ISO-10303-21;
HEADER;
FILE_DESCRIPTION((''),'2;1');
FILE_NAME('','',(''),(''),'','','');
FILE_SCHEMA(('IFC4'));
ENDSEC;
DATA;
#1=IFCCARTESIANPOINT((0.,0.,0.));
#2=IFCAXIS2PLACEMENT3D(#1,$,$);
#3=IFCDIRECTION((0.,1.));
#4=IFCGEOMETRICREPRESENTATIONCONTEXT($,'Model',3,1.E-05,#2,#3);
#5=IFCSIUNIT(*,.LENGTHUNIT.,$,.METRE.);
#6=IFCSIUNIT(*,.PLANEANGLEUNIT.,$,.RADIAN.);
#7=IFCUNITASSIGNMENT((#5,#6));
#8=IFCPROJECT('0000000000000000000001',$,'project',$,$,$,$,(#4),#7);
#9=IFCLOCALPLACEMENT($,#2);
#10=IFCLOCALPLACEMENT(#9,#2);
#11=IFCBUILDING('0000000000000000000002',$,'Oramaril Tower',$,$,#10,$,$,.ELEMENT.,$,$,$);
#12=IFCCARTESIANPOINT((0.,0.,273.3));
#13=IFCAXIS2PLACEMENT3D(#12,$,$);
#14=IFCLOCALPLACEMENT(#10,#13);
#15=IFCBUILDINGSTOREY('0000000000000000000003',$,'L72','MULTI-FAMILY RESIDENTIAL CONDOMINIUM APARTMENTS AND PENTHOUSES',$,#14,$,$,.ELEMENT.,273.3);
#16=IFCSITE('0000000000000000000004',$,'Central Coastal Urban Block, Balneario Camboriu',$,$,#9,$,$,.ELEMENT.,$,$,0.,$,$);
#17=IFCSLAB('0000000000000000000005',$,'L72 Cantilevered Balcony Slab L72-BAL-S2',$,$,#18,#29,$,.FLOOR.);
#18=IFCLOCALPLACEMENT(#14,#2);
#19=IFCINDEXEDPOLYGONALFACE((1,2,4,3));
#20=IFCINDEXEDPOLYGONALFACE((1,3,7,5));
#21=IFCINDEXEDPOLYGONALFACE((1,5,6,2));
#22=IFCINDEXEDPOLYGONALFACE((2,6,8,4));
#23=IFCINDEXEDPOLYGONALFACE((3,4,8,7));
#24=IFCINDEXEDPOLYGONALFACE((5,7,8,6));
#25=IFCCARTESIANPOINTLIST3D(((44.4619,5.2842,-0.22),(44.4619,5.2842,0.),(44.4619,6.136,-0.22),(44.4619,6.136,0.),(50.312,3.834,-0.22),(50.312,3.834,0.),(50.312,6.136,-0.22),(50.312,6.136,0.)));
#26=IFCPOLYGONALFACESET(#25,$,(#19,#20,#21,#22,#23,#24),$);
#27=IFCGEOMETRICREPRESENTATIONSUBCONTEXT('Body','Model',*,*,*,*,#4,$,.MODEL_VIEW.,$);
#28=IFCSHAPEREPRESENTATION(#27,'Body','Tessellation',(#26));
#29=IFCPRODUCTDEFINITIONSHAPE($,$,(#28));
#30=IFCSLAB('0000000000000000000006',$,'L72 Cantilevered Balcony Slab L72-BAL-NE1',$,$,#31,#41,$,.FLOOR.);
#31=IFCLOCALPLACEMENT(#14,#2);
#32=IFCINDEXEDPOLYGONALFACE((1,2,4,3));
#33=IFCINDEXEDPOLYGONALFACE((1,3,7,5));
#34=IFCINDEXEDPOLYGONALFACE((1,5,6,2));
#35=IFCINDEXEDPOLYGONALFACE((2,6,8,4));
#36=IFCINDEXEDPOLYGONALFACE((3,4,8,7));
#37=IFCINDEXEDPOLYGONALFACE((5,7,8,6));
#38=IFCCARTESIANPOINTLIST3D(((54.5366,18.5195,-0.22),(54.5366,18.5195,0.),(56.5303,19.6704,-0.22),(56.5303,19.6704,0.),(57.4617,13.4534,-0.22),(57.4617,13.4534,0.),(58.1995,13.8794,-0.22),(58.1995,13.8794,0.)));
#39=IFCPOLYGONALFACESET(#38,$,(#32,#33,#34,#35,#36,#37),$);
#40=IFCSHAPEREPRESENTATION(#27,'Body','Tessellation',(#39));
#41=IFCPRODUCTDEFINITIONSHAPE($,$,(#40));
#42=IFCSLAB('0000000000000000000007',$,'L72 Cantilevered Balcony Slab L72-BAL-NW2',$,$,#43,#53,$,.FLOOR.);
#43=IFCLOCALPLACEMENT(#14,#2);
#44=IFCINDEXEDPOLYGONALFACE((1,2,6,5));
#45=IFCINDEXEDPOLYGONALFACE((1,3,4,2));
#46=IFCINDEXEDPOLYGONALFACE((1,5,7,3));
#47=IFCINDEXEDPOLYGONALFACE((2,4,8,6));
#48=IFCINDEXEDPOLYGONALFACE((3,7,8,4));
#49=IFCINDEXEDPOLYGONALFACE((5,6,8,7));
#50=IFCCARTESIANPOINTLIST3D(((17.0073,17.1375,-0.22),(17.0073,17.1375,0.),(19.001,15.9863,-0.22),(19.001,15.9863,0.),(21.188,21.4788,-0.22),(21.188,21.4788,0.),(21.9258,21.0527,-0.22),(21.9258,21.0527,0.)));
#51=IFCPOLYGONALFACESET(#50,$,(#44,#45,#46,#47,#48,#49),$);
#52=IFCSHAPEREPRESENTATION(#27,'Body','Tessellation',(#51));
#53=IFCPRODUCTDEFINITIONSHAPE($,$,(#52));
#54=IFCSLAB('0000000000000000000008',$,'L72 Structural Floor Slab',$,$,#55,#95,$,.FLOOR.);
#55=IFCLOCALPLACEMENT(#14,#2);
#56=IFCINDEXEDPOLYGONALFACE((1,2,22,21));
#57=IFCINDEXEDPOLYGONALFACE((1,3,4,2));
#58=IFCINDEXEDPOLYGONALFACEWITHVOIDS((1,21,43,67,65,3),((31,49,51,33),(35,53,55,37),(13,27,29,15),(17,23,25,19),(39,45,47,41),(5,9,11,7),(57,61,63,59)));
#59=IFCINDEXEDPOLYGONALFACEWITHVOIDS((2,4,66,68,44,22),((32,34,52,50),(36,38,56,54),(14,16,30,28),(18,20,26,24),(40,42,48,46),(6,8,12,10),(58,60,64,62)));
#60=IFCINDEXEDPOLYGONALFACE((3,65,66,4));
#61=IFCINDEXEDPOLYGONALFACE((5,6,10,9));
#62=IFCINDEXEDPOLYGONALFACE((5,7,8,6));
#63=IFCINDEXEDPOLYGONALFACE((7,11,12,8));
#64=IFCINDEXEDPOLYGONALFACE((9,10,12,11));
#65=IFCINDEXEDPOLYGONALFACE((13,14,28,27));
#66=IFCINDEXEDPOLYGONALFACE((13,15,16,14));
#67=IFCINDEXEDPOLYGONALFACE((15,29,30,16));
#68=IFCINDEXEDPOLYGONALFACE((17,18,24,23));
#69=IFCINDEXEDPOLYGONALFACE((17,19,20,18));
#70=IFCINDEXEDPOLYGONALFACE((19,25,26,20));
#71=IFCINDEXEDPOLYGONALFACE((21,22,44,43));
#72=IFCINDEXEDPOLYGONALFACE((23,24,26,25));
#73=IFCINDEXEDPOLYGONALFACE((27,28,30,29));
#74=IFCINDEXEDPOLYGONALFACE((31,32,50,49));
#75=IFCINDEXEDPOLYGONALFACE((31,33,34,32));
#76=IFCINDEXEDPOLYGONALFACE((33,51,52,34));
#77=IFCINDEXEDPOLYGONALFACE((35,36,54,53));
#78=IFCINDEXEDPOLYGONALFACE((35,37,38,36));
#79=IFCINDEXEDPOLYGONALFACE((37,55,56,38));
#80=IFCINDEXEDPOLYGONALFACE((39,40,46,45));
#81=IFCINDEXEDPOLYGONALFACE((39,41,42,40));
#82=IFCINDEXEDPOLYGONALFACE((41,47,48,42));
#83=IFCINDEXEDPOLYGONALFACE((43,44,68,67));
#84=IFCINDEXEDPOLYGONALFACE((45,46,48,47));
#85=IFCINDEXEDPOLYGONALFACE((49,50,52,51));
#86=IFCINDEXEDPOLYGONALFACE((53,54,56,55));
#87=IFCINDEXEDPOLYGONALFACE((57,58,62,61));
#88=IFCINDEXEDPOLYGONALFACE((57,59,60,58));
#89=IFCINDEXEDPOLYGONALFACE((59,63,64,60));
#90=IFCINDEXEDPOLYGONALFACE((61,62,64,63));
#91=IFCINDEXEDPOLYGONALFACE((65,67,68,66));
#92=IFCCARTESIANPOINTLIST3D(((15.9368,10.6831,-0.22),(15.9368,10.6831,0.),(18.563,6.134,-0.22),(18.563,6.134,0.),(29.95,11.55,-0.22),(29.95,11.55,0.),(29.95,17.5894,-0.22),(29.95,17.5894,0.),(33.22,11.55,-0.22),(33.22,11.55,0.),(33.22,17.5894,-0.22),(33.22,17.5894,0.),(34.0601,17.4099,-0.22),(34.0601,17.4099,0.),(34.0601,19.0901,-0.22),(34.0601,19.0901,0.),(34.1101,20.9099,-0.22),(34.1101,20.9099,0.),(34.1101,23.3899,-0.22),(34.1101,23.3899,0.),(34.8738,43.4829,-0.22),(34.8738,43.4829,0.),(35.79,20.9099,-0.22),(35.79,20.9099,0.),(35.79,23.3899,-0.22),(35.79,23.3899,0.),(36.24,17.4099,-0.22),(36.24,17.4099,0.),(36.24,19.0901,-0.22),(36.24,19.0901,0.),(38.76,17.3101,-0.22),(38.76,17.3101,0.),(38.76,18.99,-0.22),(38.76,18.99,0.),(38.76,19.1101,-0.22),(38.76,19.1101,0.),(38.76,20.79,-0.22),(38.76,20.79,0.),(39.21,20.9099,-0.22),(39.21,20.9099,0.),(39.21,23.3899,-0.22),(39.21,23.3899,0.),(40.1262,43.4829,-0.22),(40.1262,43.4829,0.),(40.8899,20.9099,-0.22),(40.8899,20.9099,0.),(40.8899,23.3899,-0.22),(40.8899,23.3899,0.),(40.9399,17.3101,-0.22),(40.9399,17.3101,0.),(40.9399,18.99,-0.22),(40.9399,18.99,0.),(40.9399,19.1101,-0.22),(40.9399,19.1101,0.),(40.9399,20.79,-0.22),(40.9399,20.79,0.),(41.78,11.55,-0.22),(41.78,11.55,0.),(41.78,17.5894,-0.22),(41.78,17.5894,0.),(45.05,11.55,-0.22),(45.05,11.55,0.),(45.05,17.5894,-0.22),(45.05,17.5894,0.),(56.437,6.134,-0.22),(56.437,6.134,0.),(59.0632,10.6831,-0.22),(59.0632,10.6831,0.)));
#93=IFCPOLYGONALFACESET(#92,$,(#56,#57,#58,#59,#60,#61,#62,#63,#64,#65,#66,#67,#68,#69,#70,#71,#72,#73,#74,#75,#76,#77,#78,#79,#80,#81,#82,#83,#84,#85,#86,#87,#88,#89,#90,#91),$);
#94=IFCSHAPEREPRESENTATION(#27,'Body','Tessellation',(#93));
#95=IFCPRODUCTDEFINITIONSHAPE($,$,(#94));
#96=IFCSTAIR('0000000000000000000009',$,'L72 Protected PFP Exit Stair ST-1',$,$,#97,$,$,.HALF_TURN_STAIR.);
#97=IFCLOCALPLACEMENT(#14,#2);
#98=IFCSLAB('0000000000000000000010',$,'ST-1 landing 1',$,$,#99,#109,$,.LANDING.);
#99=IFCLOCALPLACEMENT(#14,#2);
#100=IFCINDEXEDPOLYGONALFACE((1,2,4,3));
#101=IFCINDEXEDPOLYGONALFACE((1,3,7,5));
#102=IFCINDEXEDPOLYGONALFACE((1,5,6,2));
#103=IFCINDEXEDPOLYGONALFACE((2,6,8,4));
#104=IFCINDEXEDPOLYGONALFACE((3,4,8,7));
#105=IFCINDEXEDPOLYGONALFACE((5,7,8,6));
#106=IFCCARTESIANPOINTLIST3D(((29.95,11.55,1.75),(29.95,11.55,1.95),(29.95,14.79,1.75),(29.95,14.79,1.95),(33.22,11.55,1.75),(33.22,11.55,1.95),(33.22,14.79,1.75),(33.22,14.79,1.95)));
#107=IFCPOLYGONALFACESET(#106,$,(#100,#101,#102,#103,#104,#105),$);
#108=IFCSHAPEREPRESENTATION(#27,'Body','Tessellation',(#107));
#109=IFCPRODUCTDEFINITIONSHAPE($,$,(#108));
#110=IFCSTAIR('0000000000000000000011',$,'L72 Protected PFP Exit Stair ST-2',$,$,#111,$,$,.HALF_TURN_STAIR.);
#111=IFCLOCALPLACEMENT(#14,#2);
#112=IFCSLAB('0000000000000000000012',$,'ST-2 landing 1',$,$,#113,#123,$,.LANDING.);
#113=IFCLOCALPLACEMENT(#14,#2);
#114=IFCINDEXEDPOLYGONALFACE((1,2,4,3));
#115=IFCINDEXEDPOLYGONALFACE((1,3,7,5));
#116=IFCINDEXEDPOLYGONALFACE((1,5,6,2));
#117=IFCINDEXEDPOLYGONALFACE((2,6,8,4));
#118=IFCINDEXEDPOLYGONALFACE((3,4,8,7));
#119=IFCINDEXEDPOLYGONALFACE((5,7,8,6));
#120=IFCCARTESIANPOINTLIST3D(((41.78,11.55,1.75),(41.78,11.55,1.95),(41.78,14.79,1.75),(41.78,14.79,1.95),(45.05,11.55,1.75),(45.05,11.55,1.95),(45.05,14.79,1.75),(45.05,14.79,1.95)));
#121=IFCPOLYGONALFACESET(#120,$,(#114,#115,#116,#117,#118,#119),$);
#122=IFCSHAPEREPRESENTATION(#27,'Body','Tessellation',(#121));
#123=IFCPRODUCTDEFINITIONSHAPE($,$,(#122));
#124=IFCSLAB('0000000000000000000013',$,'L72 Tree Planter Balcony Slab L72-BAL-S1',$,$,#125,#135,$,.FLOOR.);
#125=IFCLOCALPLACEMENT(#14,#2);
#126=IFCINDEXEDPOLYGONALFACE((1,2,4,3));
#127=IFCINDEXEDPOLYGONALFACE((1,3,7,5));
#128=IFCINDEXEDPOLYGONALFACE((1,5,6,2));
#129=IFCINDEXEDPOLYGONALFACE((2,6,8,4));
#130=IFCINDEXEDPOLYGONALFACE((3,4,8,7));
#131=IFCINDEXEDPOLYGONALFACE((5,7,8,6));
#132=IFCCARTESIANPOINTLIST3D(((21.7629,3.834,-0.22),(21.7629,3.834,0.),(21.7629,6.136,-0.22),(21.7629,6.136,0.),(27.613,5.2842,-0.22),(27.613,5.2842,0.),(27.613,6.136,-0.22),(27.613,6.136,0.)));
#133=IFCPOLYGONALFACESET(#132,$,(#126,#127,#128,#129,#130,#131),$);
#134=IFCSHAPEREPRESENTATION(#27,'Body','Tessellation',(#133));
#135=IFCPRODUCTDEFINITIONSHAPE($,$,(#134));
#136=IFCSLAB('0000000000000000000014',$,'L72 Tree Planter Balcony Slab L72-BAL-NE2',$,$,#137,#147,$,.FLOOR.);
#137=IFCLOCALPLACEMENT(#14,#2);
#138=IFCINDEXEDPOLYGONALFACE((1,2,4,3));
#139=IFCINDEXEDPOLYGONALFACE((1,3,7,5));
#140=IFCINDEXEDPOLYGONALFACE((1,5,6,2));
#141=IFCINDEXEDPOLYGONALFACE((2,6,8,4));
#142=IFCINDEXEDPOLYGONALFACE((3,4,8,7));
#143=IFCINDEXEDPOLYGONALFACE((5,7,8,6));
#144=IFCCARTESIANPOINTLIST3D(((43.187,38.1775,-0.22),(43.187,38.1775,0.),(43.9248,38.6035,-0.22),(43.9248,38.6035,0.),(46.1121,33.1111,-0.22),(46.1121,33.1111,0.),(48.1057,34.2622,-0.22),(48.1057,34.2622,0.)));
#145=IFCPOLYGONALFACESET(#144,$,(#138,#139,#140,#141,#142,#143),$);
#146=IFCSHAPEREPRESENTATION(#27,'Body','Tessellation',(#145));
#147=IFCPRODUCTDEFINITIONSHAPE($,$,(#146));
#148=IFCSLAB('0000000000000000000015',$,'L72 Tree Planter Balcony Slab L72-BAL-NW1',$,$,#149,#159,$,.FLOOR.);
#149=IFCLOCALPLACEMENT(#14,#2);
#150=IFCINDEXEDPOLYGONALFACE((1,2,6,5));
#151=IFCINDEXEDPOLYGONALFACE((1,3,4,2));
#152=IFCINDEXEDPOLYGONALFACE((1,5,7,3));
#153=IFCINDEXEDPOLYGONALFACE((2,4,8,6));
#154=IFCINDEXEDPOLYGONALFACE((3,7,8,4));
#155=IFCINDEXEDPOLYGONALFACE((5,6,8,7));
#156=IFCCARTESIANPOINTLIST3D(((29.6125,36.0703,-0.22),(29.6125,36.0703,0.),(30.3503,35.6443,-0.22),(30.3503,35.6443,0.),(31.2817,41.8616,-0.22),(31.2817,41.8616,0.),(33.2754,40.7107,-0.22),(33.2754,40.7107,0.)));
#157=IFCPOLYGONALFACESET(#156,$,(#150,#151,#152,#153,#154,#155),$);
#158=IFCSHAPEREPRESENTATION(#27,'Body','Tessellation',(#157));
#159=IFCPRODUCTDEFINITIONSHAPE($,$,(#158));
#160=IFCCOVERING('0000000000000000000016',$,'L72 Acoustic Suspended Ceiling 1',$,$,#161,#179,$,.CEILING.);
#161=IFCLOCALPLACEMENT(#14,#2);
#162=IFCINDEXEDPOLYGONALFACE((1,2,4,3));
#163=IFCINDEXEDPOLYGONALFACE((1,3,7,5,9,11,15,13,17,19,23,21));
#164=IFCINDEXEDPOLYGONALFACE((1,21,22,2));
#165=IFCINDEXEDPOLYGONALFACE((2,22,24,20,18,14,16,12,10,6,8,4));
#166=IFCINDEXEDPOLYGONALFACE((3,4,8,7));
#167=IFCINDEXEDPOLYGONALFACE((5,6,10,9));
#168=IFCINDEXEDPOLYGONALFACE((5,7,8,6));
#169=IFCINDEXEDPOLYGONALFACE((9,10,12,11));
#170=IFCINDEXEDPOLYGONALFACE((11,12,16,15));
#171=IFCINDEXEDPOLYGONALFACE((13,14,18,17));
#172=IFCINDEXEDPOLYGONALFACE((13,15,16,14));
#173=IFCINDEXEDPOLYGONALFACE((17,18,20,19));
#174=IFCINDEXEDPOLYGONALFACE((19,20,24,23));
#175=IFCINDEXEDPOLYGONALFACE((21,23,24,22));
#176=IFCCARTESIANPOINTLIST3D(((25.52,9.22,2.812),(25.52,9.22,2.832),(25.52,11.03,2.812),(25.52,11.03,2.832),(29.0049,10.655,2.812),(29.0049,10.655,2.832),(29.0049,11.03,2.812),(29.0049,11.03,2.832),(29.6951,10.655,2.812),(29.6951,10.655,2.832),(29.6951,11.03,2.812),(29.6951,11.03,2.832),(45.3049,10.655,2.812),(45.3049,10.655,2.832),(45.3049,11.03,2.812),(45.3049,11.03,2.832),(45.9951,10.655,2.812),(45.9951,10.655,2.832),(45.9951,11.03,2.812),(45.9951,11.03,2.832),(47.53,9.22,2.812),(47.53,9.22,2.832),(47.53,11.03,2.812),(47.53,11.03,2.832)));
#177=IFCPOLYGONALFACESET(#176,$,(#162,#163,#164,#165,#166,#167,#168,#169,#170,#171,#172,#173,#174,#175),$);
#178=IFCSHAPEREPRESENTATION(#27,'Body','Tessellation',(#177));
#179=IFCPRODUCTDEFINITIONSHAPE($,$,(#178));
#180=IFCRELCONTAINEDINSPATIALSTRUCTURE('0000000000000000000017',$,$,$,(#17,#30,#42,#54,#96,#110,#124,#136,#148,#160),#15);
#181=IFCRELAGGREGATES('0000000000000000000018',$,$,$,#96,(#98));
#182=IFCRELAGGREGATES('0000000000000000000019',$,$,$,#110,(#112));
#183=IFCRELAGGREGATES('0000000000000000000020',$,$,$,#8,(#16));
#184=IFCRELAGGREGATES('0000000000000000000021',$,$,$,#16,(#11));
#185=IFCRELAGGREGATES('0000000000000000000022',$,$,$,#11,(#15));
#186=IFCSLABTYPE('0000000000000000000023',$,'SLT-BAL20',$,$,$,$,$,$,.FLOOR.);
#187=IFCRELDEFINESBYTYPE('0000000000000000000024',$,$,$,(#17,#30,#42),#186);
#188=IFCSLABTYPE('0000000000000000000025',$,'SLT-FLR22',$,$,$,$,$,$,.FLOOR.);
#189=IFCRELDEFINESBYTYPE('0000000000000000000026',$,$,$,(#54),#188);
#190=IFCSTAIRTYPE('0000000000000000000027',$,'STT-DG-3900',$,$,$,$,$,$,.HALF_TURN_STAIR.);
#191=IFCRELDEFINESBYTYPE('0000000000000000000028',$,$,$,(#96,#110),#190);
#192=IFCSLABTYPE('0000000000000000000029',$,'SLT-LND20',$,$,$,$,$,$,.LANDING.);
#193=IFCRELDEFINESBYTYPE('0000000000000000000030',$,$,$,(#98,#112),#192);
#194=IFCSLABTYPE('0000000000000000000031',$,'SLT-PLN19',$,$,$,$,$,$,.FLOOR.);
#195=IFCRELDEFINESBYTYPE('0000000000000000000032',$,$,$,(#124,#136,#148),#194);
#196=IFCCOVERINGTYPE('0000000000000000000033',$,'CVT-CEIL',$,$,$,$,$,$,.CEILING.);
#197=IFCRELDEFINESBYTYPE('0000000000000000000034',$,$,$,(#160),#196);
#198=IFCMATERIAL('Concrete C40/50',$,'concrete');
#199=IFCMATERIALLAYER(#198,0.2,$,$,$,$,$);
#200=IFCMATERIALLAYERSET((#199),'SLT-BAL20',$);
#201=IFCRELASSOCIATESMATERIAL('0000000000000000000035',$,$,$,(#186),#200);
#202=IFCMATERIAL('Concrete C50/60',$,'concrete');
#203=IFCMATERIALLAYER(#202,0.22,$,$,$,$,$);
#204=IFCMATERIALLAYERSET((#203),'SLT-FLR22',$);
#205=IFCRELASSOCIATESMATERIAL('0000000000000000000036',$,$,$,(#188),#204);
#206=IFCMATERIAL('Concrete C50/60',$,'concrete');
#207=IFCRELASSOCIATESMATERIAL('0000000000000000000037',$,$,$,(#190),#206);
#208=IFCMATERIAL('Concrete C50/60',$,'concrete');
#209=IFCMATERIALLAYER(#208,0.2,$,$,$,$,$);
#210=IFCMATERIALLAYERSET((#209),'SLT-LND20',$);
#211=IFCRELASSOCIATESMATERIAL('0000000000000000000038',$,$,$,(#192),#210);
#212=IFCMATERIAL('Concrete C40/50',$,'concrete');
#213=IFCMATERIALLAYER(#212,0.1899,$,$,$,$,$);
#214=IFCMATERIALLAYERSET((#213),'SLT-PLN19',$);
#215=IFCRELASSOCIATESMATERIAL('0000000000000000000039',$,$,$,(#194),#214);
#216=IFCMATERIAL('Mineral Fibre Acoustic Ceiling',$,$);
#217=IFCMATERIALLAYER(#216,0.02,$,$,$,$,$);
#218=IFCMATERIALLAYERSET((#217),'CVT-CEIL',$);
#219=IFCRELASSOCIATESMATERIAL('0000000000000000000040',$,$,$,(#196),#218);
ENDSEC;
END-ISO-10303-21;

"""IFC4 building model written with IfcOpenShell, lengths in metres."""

from ifc_helpers import new_model, si_unit, direction, frame, origin, place, context, subcontext, project, spatial, polyline, outline, extrude, material, layer, layer_set, type_object, element, aggregate, save


model = new_model("IFC4")

# Units and contexts
model_context = context("Model", 3, precision=1e-05, world=origin(), true_north=direction((0.0, 1.0)))
body_context = subcontext(model_context, "Body", "Model", "MODEL_VIEW")
ifc_project = project(units=[si_unit("LENGTHUNIT", "METRE"), si_unit("PLANEANGLEUNIT", "RADIAN")], contexts=[model_context])

# Site, building, storey
site_placement = place(None, origin())
site = spatial("IfcSite", under=ifc_project, at=site_placement, Name="Central Coastal Urban Block, Balneario Camboriu", CompositionType="ELEMENT", RefElevation=0.0)
building_placement = place(site_placement, origin())
building = spatial("IfcBuilding", under=site, at=building_placement, Name="Oramaril Tower", CompositionType="ELEMENT")
storey_placement = place(building_placement, frame((0.0, 0.0, 273.3)))
storey = spatial("IfcBuildingStorey", under=building, at=storey_placement, Name="L72", Description="MULTI-FAMILY RESIDENTIAL CONDOMINIUM APARTMENTS AND PENTHOUSES", CompositionType="ELEMENT", Elevation=273.3)

# Slabs
ifc_material_1 = material(Name="Concrete C40/50", Category="concrete")
ifc_layer_1 = layer(ifc_material_1, 0.2)
ifc_layer_set_1 = layer_set([ifc_layer_1], Name="SLT-BAL20")
slab_type_1 = type_object("IfcSlabType", Name="SLT-BAL20", PredefinedType="FLOOR", material=ifc_layer_set_1)
slab_1_placement = place(storey_placement, frame((0.0, 0.0, -0.22)))
element("IfcSlab", 1, at=slab_1_placement, inside=storey, type_object=slab_type_1, Name="L72 Cantilevered Balcony Slab L72-BAL-S2", PredefinedType="FLOOR", context=body_context, shape_type="SweptSolid", body=[
    extrude(outline(polyline([(44.4619, 6.136), (50.312, 6.136), (50.312, 3.834), (44.4619, 5.2842), (44.4619, 6.136)])), origin(), (0.0, 0.0, 1.0), 0.22),
])
slab_2_placement = place(storey_placement, frame((0.0, 0.0, -0.22)))
element("IfcSlab", 2, at=slab_2_placement, inside=storey, type_object=slab_type_1, Name="L72 Cantilevered Balcony Slab L72-BAL-NE1", PredefinedType="FLOOR", context=body_context, shape_type="SweptSolid", body=[
    extrude(outline(polyline([(57.4617, 13.4534), (54.5366, 18.5195), (56.5303, 19.6704), (58.1995, 13.8794), (57.4617, 13.4534)])), origin(), (0.0, 0.0, 1.0), 0.22),
])
slab_3_placement = place(storey_placement, frame((0.0, 0.0, -0.22)))
element("IfcSlab", 3, at=slab_3_placement, inside=storey, type_object=slab_type_1, Name="L72 Cantilevered Balcony Slab L72-BAL-NW2", PredefinedType="FLOOR", context=body_context, shape_type="SweptSolid", body=[
    extrude(outline(polyline([(21.9258, 21.0527), (19.001, 15.9863), (17.0073, 17.1375), (21.188, 21.4788), (21.9258, 21.0527)])), origin(), (0.0, 0.0, 1.0), 0.22),
])
ifc_material_2 = material(Name="Concrete C50/60", Category="concrete")
ifc_layer_2 = layer(ifc_material_2, 0.22)
ifc_layer_set_2 = layer_set([ifc_layer_2], Name="SLT-FLR22")
slab_type_2 = type_object("IfcSlabType", Name="SLT-FLR22", PredefinedType="FLOOR", material=ifc_layer_set_2)
slab_4_placement = place(storey_placement, frame((0.0, 0.0, -0.22)))
element("IfcSlab", 4, at=slab_4_placement, inside=storey, type_object=slab_type_2, Name="L72 Structural Floor Slab", PredefinedType="FLOOR", context=body_context, shape_type="SweptSolid", body=[
    extrude(outline(polyline([(15.9368, 10.6831), (18.563, 6.134), (56.437, 6.134), (59.0632, 10.6831), (40.1262, 43.4829), (34.8738, 43.4829), (15.9368, 10.6831)]), holes=[polyline([(29.95, 17.5894), (29.95, 11.55), (33.22, 11.55), (33.22, 17.5894), (29.95, 17.5894)]), polyline([(41.78, 17.5894), (41.78, 11.55), (45.05, 11.55), (45.05, 17.5894), (41.78, 17.5894)]), polyline([(34.1101, 20.9099), (35.79, 20.9099), (35.79, 23.3899), (34.1101, 23.3899), (34.1101, 20.9099)]), polyline([(39.21, 20.9099), (40.8899, 20.9099), (40.8899, 23.3899), (39.21, 23.3899), (39.21, 20.9099)]), polyline([(34.0601, 17.4099), (36.24, 17.4099), (36.24, 19.0901), (34.0601, 19.0901), (34.0601, 17.4099)]), polyline([(38.76, 17.3101), (40.9399, 17.3101), (40.9399, 18.99), (38.76, 18.99), (38.76, 17.3101)]), polyline([(38.76, 19.1101), (40.9399, 19.1101), (40.9399, 20.79), (38.76, 20.79), (38.76, 19.1101)])]), origin(), (0.0, 0.0, 1.0), 0.22),
])

# Stairs, slabs
ifc_material_3 = material(Name="Concrete C50/60", Category="concrete")
stair_type = type_object("IfcStairType", Name="STT-DG-3900", PredefinedType="HALF_TURN_STAIR", material=ifc_material_3)
stair_1_placement = place(storey_placement, origin())
stair_1 = element("IfcStair", 5, at=stair_1_placement, inside=storey, type_object=stair_type, Name="L72 Protected PFP Exit Stair ST-1", PredefinedType="HALF_TURN_STAIR")
ifc_material_4 = material(Name="Concrete C50/60", Category="concrete")
ifc_layer_3 = layer(ifc_material_4, 0.2)
ifc_layer_set_3 = layer_set([ifc_layer_3], Name="SLT-LND20")
slab_type_3 = type_object("IfcSlabType", Name="SLT-LND20", PredefinedType="LANDING", material=ifc_layer_set_3)
slab_5_placement = place(storey_placement, frame((0.0, 0.0, 1.75)))
slab_5 = element("IfcSlab", 6, at=slab_5_placement, type_object=slab_type_3, Name="ST-1 landing 1", PredefinedType="LANDING", context=body_context, shape_type="SweptSolid", body=[
    extrude(outline(polyline([(29.95, 14.79), (29.95, 11.55), (33.22, 11.55), (33.22, 14.79), (29.95, 14.79)])), origin(), (0.0, 0.0, 1.0), 0.2),
])
aggregate(stair_1, [slab_5])
stair_2_placement = place(storey_placement, origin())
stair_2 = element("IfcStair", 7, at=stair_2_placement, inside=storey, type_object=stair_type, Name="L72 Protected PFP Exit Stair ST-2", PredefinedType="HALF_TURN_STAIR")
slab_6_placement = place(storey_placement, frame((0.0, 0.0, 1.75)))
slab_6 = element("IfcSlab", 8, at=slab_6_placement, type_object=slab_type_3, Name="ST-2 landing 1", PredefinedType="LANDING", context=body_context, shape_type="SweptSolid", body=[
    extrude(outline(polyline([(41.78, 14.79), (41.78, 11.55), (45.05, 11.55), (45.05, 14.79), (41.78, 14.79)])), origin(), (0.0, 0.0, 1.0), 0.2),
])
aggregate(stair_2, [slab_6])

# Slabs
ifc_material_5 = material(Name="Concrete C40/50", Category="concrete")
ifc_layer_4 = layer(ifc_material_5, 0.1899)
ifc_layer_set_4 = layer_set([ifc_layer_4], Name="SLT-PLN19")
slab_type_4 = type_object("IfcSlabType", Name="SLT-PLN19", PredefinedType="FLOOR", material=ifc_layer_set_4)
slab_7_placement = place(storey_placement, frame((0.0, 0.0, -0.22)))
element("IfcSlab", 9, at=slab_7_placement, inside=storey, type_object=slab_type_4, Name="L72 Tree Planter Balcony Slab L72-BAL-S1", PredefinedType="FLOOR", context=body_context, shape_type="SweptSolid", body=[
    extrude(outline(polyline([(21.7629, 6.136), (27.613, 6.136), (27.613, 5.2842), (21.7629, 3.834), (21.7629, 6.136)])), origin(), (0.0, 0.0, 1.0), 0.22),
])
slab_8_placement = place(storey_placement, frame((0.0, 0.0, -0.22)))
element("IfcSlab", 10, at=slab_8_placement, inside=storey, type_object=slab_type_4, Name="L72 Tree Planter Balcony Slab L72-BAL-NE2", PredefinedType="FLOOR", context=body_context, shape_type="SweptSolid", body=[
    extrude(outline(polyline([(46.1121, 33.1111), (43.187, 38.1775), (43.9248, 38.6035), (48.1057, 34.2622), (46.1121, 33.1111)])), origin(), (0.0, 0.0, 1.0), 0.22),
])
slab_9_placement = place(storey_placement, frame((0.0, 0.0, -0.22)))
element("IfcSlab", 11, at=slab_9_placement, inside=storey, type_object=slab_type_4, Name="L72 Tree Planter Balcony Slab L72-BAL-NW1", PredefinedType="FLOOR", context=body_context, shape_type="SweptSolid", body=[
    extrude(outline(polyline([(33.2754, 40.7107), (30.3503, 35.6443), (29.6125, 36.0703), (31.2817, 41.8616), (33.2754, 40.7107)])), origin(), (0.0, 0.0, 1.0), 0.22),
])

# Covering
ifc_material_6 = material(Name="Mineral Fibre Acoustic Ceiling")
ifc_layer_5 = layer(ifc_material_6, 0.02)
ifc_layer_set_5 = layer_set([ifc_layer_5], Name="CVT-CEIL")
covering_type_1 = type_object("IfcCoveringType", Name="CVT-CEIL", PredefinedType="CEILING", material=ifc_layer_set_5)
covering_1_placement = place(storey_placement, frame((0.0, 0.0, 2.812)))
element("IfcCovering", 12, at=covering_1_placement, inside=storey, type_object=covering_type_1, Name="L72 Acoustic Suspended Ceiling 1", PredefinedType="CEILING", context=body_context, shape_type="SweptSolid", body=[
    extrude(outline(polyline([(29.0049, 10.655), (29.6951, 10.655), (29.6951, 11.03), (45.3049, 11.03), (45.3049, 10.655), (45.9951, 10.655), (45.9951, 11.03), (47.53, 11.03), (47.53, 9.22), (25.52, 9.22), (25.52, 11.03), (29.0049, 11.03), (29.0049, 10.655)])), origin(), (0.0, 0.0, 1.0), 0.02),
])

save(model, "model.ifc")
